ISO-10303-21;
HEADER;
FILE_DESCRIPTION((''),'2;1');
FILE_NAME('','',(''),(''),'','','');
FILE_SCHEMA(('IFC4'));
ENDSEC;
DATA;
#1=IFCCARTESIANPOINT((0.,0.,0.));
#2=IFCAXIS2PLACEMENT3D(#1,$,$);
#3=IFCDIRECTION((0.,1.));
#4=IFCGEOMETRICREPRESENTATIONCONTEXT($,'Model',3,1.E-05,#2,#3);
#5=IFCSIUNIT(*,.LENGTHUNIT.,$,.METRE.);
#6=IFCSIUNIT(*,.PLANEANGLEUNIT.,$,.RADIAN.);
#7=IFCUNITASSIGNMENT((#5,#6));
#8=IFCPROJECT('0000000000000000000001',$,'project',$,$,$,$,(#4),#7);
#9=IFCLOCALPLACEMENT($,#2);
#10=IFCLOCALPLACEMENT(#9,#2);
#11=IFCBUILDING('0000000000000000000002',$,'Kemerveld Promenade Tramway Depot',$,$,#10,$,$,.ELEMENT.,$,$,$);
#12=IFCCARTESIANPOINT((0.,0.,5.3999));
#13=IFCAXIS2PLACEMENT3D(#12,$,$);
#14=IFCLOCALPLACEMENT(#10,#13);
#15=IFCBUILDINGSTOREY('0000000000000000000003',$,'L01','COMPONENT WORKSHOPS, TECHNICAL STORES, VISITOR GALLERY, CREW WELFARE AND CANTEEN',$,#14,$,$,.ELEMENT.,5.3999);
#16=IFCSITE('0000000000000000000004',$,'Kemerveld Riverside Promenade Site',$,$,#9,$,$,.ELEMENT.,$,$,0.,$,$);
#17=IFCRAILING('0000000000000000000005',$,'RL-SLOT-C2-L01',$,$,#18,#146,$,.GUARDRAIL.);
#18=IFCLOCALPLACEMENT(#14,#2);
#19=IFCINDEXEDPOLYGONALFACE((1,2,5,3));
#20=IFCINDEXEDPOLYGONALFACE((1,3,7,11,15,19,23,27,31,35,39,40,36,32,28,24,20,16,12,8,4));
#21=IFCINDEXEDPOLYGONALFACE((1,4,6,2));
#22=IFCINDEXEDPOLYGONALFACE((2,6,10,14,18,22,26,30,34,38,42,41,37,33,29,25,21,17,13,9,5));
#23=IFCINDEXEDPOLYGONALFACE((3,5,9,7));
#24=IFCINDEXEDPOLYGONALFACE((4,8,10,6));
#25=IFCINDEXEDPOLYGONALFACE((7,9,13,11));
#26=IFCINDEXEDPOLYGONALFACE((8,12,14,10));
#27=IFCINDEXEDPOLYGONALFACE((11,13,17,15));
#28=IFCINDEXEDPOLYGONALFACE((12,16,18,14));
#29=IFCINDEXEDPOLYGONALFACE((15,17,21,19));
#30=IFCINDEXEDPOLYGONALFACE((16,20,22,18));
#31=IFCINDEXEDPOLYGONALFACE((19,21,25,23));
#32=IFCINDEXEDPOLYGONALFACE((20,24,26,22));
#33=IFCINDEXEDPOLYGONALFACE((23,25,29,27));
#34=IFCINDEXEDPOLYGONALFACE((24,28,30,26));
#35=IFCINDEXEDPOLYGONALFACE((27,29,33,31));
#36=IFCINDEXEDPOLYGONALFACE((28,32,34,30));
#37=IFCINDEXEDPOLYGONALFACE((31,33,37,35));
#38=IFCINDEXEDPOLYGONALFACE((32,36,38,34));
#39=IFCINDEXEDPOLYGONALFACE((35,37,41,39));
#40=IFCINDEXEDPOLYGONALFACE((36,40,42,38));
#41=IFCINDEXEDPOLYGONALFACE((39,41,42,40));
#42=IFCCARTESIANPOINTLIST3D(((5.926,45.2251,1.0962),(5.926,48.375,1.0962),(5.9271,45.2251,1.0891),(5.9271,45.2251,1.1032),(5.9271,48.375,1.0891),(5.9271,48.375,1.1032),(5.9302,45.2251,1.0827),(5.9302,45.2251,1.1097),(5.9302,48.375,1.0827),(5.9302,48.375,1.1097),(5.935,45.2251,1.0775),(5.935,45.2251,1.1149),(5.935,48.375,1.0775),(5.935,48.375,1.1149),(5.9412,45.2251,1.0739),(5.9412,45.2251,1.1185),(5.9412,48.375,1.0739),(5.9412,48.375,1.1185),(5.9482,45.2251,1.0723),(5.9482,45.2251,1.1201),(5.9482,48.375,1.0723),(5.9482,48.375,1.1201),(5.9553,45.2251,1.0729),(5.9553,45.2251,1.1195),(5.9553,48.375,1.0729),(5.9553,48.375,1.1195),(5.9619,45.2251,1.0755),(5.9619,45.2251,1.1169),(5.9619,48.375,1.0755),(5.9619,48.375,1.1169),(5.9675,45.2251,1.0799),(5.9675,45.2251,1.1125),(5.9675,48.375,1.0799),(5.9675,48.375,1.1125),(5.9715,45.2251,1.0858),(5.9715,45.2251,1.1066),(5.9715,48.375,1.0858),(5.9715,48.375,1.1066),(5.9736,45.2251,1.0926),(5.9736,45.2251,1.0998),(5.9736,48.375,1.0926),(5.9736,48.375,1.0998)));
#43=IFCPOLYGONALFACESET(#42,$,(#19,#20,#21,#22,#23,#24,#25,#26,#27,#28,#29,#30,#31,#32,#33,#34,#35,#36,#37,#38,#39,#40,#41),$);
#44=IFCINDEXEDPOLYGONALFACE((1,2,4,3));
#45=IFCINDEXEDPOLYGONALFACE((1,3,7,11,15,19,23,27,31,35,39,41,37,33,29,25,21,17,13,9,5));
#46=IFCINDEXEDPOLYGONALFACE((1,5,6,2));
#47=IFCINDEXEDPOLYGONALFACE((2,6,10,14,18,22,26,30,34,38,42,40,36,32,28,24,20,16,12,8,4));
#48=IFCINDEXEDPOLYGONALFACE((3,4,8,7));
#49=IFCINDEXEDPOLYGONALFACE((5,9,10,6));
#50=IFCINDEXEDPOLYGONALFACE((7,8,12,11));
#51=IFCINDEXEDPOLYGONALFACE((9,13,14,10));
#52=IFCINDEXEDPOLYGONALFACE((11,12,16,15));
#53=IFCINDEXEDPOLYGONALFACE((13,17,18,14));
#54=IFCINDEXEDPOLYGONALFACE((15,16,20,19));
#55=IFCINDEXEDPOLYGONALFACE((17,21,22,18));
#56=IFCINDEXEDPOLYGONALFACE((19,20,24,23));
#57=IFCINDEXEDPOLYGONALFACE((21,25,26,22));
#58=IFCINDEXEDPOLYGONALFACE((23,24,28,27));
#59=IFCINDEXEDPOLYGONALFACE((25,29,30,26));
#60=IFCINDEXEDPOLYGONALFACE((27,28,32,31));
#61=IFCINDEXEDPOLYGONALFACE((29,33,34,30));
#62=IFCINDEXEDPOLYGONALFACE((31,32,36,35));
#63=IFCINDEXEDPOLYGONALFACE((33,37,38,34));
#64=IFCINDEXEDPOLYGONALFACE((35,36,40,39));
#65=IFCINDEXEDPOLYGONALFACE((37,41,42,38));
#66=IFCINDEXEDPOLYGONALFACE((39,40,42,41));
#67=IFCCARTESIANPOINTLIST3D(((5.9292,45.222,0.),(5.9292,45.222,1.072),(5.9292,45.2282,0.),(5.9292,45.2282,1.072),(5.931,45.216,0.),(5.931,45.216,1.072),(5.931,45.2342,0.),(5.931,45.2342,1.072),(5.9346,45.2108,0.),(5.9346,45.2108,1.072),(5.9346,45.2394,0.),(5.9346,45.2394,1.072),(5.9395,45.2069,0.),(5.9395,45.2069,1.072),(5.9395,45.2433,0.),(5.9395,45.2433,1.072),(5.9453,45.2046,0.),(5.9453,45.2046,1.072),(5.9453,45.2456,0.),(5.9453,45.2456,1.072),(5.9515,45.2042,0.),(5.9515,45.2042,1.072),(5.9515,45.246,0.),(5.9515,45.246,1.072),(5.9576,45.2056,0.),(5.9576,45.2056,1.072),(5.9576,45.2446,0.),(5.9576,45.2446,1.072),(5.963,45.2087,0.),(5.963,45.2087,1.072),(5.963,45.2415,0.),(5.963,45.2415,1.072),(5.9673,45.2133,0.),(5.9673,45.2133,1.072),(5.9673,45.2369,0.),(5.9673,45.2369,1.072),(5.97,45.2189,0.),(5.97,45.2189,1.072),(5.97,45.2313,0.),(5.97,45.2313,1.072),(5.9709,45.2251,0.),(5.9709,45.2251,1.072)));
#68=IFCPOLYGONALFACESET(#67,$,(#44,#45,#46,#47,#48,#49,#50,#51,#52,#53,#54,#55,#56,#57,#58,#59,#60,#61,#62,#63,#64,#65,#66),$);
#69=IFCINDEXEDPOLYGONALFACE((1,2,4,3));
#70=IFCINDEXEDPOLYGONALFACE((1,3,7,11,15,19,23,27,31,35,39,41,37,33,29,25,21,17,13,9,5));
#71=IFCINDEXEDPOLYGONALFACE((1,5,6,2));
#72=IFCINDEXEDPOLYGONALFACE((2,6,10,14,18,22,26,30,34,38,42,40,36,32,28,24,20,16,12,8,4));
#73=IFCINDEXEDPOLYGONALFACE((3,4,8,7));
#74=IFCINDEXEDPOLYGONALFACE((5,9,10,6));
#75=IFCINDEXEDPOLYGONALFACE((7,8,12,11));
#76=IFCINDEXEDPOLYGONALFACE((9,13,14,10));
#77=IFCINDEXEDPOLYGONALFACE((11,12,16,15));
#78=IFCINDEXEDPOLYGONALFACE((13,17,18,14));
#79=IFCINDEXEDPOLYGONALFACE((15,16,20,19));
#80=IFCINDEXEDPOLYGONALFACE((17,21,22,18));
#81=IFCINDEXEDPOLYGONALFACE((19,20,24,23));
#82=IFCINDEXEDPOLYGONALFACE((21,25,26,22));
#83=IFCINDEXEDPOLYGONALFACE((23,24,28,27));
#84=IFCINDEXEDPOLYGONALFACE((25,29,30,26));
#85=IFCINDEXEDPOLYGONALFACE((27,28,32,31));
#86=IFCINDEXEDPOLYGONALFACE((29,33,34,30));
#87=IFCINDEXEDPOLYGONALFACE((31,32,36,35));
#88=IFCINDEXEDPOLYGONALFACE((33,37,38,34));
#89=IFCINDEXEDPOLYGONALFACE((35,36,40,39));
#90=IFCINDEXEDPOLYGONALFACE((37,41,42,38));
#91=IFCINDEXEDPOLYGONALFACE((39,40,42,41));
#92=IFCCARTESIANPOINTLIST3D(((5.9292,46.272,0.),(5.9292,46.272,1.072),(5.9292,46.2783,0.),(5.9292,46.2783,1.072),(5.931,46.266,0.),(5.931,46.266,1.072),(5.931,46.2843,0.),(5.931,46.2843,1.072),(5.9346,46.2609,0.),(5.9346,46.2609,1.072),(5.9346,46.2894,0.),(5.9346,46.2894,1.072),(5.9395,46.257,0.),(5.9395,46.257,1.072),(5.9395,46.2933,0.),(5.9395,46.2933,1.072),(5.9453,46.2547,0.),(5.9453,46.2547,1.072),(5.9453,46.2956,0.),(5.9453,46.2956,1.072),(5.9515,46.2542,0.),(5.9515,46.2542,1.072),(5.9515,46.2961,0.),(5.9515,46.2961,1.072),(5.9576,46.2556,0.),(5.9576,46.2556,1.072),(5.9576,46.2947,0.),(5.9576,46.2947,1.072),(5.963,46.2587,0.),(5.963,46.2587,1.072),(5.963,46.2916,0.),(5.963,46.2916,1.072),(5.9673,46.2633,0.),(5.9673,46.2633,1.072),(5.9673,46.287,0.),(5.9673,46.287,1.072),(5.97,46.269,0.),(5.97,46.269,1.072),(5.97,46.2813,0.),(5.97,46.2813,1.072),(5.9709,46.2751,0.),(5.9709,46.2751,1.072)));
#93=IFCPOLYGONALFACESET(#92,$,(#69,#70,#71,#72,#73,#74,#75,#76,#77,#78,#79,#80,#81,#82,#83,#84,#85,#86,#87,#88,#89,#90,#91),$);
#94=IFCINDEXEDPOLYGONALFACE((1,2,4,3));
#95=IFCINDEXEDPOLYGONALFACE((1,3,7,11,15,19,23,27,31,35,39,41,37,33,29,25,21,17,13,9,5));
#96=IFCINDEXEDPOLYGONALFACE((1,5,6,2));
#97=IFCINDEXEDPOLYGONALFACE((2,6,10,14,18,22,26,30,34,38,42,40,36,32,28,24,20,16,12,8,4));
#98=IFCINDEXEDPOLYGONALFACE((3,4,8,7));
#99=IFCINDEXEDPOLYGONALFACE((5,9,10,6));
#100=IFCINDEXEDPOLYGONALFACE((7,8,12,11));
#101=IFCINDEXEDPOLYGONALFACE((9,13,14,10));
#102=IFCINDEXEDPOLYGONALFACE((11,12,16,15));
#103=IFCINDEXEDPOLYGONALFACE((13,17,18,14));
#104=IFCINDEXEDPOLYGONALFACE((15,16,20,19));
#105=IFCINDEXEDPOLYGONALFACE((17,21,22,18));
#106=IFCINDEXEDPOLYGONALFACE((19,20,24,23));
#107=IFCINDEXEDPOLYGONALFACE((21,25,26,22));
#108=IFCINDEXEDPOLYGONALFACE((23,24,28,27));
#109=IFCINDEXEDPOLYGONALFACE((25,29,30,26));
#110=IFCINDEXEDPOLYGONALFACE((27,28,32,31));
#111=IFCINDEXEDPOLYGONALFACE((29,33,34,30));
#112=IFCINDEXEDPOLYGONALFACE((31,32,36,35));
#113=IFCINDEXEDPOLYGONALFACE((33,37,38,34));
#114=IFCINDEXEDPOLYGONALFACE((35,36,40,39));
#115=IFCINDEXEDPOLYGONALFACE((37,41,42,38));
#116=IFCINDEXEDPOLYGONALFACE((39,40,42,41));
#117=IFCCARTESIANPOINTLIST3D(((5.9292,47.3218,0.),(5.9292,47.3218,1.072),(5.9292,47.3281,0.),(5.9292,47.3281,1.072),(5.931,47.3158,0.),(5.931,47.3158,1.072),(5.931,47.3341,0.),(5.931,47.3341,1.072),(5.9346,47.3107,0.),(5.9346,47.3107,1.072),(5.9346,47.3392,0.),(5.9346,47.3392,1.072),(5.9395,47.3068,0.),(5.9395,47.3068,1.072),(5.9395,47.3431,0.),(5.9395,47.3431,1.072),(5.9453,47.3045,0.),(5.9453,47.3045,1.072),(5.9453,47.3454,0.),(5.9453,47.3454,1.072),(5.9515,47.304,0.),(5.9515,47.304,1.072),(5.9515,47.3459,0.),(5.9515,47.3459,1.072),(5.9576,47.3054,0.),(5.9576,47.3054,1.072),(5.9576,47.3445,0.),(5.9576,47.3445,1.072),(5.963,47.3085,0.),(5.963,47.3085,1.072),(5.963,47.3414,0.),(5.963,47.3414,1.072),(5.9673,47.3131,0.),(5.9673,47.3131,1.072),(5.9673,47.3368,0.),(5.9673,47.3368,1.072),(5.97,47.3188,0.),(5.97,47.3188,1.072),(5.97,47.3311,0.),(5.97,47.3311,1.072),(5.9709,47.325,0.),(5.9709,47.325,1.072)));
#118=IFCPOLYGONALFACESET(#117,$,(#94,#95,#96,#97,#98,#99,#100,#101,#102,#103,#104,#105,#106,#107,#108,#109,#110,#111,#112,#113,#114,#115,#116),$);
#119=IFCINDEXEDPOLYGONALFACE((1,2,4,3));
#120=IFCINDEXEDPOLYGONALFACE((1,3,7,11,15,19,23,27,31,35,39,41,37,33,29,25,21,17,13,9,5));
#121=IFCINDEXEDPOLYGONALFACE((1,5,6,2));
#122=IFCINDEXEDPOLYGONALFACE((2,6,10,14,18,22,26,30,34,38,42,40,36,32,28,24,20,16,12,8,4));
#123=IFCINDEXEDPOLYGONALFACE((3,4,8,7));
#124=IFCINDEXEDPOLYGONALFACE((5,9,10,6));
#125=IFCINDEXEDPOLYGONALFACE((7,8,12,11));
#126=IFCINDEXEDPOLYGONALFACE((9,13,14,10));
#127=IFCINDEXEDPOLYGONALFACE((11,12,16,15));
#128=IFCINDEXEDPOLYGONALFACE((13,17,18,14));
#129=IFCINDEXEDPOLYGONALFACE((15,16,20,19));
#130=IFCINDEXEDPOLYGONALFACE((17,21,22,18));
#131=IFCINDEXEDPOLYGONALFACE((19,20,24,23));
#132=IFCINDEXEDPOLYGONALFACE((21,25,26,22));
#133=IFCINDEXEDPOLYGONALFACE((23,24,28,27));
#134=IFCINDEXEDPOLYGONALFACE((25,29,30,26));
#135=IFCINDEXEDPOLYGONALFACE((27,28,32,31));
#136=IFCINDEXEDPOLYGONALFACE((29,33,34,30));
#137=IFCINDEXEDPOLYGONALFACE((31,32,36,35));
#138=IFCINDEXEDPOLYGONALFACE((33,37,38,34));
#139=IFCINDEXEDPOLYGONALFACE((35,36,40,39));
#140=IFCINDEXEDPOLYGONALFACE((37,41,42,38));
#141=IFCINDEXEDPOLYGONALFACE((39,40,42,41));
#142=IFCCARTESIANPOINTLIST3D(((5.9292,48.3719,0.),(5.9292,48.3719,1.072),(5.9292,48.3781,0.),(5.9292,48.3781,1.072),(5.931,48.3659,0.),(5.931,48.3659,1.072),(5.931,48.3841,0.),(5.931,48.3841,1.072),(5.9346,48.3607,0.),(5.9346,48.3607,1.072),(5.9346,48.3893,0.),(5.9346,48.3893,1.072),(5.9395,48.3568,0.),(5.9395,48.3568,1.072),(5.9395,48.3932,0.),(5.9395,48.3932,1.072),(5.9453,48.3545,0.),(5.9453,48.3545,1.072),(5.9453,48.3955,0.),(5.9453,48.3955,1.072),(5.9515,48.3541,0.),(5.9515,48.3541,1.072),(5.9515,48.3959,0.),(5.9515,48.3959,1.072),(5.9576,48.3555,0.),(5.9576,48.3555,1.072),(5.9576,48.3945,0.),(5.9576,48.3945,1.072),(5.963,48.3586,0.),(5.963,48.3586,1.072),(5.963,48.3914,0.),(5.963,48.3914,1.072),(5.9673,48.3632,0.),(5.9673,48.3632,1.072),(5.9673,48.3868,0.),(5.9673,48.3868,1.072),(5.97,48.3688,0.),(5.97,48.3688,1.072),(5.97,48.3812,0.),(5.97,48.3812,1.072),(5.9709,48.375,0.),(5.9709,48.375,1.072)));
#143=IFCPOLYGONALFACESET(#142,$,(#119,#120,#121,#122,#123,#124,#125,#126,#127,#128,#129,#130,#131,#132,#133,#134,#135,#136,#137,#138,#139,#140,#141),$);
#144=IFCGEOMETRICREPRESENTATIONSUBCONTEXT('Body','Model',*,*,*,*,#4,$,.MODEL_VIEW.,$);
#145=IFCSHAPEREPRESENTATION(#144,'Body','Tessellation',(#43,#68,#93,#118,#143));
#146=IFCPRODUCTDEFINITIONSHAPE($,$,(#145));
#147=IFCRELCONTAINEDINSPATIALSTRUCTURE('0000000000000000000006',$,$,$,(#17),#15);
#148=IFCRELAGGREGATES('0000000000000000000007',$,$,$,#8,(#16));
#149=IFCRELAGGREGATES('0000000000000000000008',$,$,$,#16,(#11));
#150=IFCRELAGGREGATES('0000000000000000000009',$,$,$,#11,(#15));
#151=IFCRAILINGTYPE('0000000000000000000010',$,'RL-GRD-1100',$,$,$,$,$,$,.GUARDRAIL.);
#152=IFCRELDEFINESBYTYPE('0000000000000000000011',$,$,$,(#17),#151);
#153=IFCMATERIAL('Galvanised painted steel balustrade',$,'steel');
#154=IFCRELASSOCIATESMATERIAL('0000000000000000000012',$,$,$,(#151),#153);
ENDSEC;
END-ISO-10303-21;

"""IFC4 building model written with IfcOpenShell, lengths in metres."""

from ifc_helpers import new_model, si_unit, direction, frame, origin, origin_2d, place, context, subcontext, project, spatial, circle, extrude, material, type_object, element, save


model = new_model("IFC4")

# Units and contexts
model_context = context("Model", 3, precision=1e-05, world=origin(), true_north=direction((0.0, 1.0)))
body_context = subcontext(model_context, "Body", "Model", "MODEL_VIEW")
ifc_project = project(units=[si_unit("LENGTHUNIT", "METRE"), si_unit("PLANEANGLEUNIT", "RADIAN")], contexts=[model_context])

# Site, building, storey
site_placement = place(None, origin())
site = spatial("IfcSite", under=ifc_project, at=site_placement, Name="Kemerveld Riverside Promenade Site", CompositionType="ELEMENT", RefElevation=0.0)
building_placement = place(site_placement, origin())
building = spatial("IfcBuilding", under=site, at=building_placement, Name="Kemerveld Promenade Tramway Depot", CompositionType="ELEMENT")
storey_placement = place(building_placement, frame((0.0, 0.0, 5.3999)))
storey = spatial("IfcBuildingStorey", under=building, at=storey_placement, Name="L01", Description="COMPONENT WORKSHOPS, TECHNICAL STORES, VISITOR GALLERY, CREW WELFARE AND CANTEEN", CompositionType="ELEMENT", Elevation=5.3999)

# Railing
ifc_material_1 = material(Name="Galvanised painted steel balustrade", Category="steel")
railing_type_1 = type_object("IfcRailingType", Name="RL-GRD-1100", PredefinedType="GUARDRAIL", material=ifc_material_1)
railing_1_placement = place(storey_placement, frame((5.95, 45.2251, 0.0)))
element("IfcRailing", 1, at=railing_1_placement, inside=storey, type_object=railing_type_1, Name="RL-SLOT-C2-L01", PredefinedType="GUARDRAIL", context=body_context, shape_type="SweptSolid", body=[
    extrude(circle(Radius=0.0239, at=origin_2d()), frame((0.0, 0.0, 1.0962), z_axis=(0.0, 1.0, 0.0), x_axis=(-1.0, 0.0, 0.0)), (0.0, 0.0, 1.0), 3.1499),
    extrude(circle(Radius=0.021, at=origin_2d()), origin(), (0.0, 0.0, 1.0), 1.072),
    extrude(circle(Radius=0.021, at=origin_2d()), frame((0.0, 1.05, 0.0)), (0.0, 0.0, 1.0), 1.072),
    extrude(circle(Radius=0.021, at=origin_2d()), frame((0.0, 2.0999, 0.0)), (0.0, 0.0, 1.0), 1.072),
    extrude(circle(Radius=0.021, at=origin_2d()), frame((0.0, 3.1499, 0.0)), (0.0, 0.0, 1.0), 1.072),
])

save(model, "model.ifc")
